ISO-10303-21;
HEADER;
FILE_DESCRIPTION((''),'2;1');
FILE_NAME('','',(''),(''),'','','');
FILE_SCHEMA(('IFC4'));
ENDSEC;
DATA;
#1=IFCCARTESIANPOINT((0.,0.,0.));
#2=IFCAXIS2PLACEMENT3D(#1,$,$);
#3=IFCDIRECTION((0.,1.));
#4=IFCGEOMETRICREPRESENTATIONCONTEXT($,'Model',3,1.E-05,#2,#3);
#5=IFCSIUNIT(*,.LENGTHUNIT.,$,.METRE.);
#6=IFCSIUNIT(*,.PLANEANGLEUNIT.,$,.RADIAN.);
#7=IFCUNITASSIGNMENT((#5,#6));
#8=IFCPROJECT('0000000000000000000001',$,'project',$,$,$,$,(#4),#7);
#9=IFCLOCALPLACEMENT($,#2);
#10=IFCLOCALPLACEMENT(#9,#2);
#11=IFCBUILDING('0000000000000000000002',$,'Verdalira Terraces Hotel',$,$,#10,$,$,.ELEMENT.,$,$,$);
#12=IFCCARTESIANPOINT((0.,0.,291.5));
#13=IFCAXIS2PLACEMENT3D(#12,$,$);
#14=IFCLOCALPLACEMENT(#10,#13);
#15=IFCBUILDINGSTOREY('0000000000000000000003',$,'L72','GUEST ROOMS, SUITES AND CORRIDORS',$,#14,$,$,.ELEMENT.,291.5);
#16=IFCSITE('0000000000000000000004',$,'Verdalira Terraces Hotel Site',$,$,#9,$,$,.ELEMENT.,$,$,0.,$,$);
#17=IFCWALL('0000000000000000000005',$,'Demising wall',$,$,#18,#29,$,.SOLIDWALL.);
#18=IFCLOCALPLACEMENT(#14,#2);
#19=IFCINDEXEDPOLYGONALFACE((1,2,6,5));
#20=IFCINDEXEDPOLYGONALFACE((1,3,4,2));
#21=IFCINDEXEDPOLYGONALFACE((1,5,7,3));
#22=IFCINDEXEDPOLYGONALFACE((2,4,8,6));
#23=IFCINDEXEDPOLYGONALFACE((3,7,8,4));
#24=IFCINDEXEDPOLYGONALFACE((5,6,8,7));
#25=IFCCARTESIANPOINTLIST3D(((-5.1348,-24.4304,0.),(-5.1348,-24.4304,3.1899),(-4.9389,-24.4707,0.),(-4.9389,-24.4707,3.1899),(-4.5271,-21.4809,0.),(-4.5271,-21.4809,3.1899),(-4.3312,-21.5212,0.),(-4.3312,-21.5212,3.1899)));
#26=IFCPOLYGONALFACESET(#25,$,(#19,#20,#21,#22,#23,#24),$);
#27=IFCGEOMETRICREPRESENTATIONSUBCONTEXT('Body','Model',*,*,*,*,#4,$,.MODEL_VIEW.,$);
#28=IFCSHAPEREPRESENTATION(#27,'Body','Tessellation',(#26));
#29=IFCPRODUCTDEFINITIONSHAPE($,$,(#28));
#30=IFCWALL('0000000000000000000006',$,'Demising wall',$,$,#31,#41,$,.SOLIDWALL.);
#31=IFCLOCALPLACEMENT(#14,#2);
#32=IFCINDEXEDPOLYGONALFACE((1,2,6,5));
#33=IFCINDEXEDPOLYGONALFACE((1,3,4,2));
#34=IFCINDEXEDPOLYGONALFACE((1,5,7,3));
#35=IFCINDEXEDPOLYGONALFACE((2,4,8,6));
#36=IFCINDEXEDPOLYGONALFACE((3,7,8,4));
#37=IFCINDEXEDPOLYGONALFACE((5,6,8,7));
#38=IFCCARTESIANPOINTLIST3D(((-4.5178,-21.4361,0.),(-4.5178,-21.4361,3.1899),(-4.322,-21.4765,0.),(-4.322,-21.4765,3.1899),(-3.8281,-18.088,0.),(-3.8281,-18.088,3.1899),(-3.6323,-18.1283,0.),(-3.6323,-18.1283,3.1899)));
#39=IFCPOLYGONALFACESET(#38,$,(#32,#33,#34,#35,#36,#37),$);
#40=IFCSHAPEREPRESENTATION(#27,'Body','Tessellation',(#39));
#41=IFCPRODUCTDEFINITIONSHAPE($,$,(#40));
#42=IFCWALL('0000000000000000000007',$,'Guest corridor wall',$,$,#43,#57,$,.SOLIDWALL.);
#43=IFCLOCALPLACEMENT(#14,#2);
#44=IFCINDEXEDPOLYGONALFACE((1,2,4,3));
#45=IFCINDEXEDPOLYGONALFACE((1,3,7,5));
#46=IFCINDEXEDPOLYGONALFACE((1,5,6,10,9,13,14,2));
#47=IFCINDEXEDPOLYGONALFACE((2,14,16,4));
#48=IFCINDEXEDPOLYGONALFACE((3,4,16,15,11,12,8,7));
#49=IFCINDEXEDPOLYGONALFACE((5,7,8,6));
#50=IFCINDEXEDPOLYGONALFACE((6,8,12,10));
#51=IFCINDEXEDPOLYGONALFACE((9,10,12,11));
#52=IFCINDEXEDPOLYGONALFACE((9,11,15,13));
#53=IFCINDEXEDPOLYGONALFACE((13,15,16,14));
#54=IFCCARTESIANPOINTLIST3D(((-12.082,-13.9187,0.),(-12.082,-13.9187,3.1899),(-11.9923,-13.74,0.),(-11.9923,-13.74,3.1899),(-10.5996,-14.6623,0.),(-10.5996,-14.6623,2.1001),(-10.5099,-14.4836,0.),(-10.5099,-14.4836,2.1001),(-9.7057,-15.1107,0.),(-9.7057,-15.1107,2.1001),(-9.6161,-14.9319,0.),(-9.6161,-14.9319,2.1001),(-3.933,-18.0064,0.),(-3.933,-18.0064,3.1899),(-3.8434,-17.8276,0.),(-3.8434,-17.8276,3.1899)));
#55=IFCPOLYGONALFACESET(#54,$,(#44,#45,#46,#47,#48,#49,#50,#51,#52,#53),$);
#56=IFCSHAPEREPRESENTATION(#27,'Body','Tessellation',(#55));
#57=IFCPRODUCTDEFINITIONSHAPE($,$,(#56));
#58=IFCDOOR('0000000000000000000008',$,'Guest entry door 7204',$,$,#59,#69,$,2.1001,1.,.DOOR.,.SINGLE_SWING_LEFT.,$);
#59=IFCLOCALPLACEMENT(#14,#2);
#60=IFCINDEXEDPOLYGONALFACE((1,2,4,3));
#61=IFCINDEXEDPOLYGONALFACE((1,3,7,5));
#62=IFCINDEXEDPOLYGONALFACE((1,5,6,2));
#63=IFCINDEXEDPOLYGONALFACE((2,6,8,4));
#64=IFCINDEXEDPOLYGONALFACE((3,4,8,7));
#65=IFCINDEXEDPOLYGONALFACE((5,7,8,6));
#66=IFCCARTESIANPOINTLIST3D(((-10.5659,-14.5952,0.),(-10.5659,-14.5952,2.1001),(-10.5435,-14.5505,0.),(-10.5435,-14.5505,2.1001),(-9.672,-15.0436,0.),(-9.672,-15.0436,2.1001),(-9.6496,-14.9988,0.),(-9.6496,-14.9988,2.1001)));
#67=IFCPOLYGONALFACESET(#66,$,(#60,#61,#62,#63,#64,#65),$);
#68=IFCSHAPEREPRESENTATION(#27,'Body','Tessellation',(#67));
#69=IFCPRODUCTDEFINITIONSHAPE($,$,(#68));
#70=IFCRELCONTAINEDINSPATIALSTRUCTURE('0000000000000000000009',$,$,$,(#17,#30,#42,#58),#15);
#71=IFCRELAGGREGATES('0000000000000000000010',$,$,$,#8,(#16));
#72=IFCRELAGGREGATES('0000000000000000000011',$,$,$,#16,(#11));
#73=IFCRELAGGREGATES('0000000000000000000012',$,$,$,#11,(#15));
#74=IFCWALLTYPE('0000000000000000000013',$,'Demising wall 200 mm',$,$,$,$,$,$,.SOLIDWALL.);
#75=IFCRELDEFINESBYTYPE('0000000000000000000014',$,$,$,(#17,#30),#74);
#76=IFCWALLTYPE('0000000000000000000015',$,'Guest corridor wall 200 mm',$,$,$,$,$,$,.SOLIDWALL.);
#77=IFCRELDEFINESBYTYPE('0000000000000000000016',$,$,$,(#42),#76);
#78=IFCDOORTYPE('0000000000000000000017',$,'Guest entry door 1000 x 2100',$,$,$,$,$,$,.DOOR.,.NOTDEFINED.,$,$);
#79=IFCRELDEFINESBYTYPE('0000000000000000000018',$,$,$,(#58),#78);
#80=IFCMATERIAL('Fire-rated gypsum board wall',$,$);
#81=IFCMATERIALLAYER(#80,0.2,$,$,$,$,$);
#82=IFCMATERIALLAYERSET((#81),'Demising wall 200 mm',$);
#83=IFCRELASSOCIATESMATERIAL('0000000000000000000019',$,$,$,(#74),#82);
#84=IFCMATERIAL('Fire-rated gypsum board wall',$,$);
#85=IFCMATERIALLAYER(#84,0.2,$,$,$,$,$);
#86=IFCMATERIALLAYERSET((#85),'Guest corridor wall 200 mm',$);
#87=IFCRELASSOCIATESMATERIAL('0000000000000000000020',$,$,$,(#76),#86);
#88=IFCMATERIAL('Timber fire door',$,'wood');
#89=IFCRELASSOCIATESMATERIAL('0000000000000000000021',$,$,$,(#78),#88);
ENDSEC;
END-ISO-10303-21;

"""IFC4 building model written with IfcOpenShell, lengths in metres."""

from ifc_helpers import new_model, si_unit, direction, frame, frame_2d, origin, place, context, subcontext, project, spatial, rectangle, extrude, material, layer, layer_set, type_object, element, fill, save


model = new_model("IFC4")

# Units and contexts
model_context = context("Model", 3, precision=1e-05, world=origin(), true_north=direction((0.0, 1.0)))
body_context = subcontext(model_context, "Body", "Model", "MODEL_VIEW")
ifc_project = project(units=[si_unit("LENGTHUNIT", "METRE"), si_unit("PLANEANGLEUNIT", "RADIAN")], contexts=[model_context])

# Site, building, storey
site_placement = place(None, origin())
site = spatial("IfcSite", under=ifc_project, at=site_placement, Name="Verdalira Terraces Hotel Site", CompositionType="ELEMENT", RefElevation=0.0)
building_placement = place(site_placement, origin())
building = spatial("IfcBuilding", under=site, at=building_placement, Name="Verdalira Terraces Hotel", CompositionType="ELEMENT")
storey_placement = place(building_placement, frame((0.0, 0.0, 291.5)))
storey = spatial("IfcBuildingStorey", under=building, at=storey_placement, Name="L72", Description="GUEST ROOMS, SUITES AND CORRIDORS", CompositionType="ELEMENT", Elevation=291.5)

# Walls
ifc_material_1 = material(Name="Fire-rated gypsum board wall")
ifc_layer_1 = layer(ifc_material_1, 0.2)
ifc_layer_set_1 = layer_set([ifc_layer_1], Name="Demising wall 200 mm")
wall_type_1 = type_object("IfcWallType", Name="Demising wall 200 mm", PredefinedType="SOLIDWALL", material=ifc_layer_set_1)
wall_1_placement = place(storey_placement, frame((-5.0369, -24.4507, 0.0), z_axis=(0.0, 0.0, 1.0), x_axis=(0.201788, 0.979429, 0.0)))
element("IfcWall", 1, at=wall_1_placement, inside=storey, type_object=wall_type_1, Name="Demising wall", PredefinedType="SOLIDWALL", context=body_context, shape_type="SweptSolid", body=[
    extrude(rectangle(XDim=3.0115, YDim=0.2, at=frame_2d((1.5059, 0.0))), origin(), (0.0, 0.0, 1.0), 3.1899),
])
wall_2_placement = place(storey_placement, frame((-4.4199, -21.4563, 0.0), z_axis=(0.0, 0.0, 1.0), x_axis=(0.201758, 0.979435, 0.0)))
element("IfcWall", 2, at=wall_2_placement, inside=storey, type_object=wall_type_1, Name="Demising wall", PredefinedType="SOLIDWALL", context=body_context, shape_type="SweptSolid", body=[
    extrude(rectangle(XDim=3.4185, YDim=0.2, at=frame_2d((1.7092, 0.0))), origin(), (0.0, 0.0, 1.0), 3.1899),
])

# Wall, opening, door
ifc_material_2 = material(Name="Fire-rated gypsum board wall")
ifc_layer_2 = layer(ifc_material_2, 0.2)
ifc_layer_set_2 = layer_set([ifc_layer_2], Name="Guest corridor wall 200 mm")
wall_type_2 = type_object("IfcWallType", Name="Guest corridor wall 200 mm", PredefinedType="SOLIDWALL", material=ifc_layer_set_2)
wall_3_placement = place(storey_placement, frame((-3.8882, -17.917, 0.0), z_axis=(0.0, 0.0, 1.0), x_axis=(-0.893848, 0.44837, 0.0)))
wall_3 = element("IfcWall", 3, at=wall_3_placement, inside=storey, type_object=wall_type_2, Name="Guest corridor wall", PredefinedType="SOLIDWALL", context=body_context, shape_type="SweptSolid", body=[
    extrude(rectangle(XDim=9.1167, YDim=0.2, at=frame_2d((4.5583, 0.0))), origin(), (0.0, 0.0, 1.0), 3.1899),
])
opening_1_placement = place(wall_3_placement, frame((6.4583, 0.0, 0.0)))
opening_1 = element("IfcOpeningElement", 4, at=opening_1_placement, cuts=wall_3, PredefinedType="OPENING", context=body_context, shape_type="SweptSolid", body=[
    extrude(rectangle(XDim=1.0, YDim=2.1001, at=frame_2d((0.5, 1.05))), frame((0.0, 0.1099, 0.0), z_axis=(0.0, -1.0, 0.0), x_axis=(1.0, 0.0, 0.0)), (0.0, 0.0, 1.0), 0.22),
])
ifc_material_3 = material(Name="Timber fire door", Category="wood")
door_type_1 = type_object("IfcDoorType", Name="Guest entry door 1000 x 2100", OperationType="NOTDEFINED", PredefinedType="DOOR", material=ifc_material_3)
door_1_placement = place(opening_1_placement, origin())
door_1 = element("IfcDoor", 5, at=door_1_placement, inside=storey, type_object=door_type_1, Name="Guest entry door 7204", OperationType="SINGLE_SWING_LEFT", OverallHeight=2.1001, OverallWidth=1.0, PredefinedType="DOOR", context=body_context, shape_type="SweptSolid", body=[
    extrude(rectangle(XDim=1.0, YDim=2.1001, at=frame_2d((0.5, 1.05))), frame((0.0, 0.0249, 0.0), z_axis=(0.0, -1.0, 0.0), x_axis=(1.0, 0.0, 0.0)), (0.0, 0.0, 1.0), 0.05),
])
fill(opening_1, door_1)

save(model, "model.ifc")
